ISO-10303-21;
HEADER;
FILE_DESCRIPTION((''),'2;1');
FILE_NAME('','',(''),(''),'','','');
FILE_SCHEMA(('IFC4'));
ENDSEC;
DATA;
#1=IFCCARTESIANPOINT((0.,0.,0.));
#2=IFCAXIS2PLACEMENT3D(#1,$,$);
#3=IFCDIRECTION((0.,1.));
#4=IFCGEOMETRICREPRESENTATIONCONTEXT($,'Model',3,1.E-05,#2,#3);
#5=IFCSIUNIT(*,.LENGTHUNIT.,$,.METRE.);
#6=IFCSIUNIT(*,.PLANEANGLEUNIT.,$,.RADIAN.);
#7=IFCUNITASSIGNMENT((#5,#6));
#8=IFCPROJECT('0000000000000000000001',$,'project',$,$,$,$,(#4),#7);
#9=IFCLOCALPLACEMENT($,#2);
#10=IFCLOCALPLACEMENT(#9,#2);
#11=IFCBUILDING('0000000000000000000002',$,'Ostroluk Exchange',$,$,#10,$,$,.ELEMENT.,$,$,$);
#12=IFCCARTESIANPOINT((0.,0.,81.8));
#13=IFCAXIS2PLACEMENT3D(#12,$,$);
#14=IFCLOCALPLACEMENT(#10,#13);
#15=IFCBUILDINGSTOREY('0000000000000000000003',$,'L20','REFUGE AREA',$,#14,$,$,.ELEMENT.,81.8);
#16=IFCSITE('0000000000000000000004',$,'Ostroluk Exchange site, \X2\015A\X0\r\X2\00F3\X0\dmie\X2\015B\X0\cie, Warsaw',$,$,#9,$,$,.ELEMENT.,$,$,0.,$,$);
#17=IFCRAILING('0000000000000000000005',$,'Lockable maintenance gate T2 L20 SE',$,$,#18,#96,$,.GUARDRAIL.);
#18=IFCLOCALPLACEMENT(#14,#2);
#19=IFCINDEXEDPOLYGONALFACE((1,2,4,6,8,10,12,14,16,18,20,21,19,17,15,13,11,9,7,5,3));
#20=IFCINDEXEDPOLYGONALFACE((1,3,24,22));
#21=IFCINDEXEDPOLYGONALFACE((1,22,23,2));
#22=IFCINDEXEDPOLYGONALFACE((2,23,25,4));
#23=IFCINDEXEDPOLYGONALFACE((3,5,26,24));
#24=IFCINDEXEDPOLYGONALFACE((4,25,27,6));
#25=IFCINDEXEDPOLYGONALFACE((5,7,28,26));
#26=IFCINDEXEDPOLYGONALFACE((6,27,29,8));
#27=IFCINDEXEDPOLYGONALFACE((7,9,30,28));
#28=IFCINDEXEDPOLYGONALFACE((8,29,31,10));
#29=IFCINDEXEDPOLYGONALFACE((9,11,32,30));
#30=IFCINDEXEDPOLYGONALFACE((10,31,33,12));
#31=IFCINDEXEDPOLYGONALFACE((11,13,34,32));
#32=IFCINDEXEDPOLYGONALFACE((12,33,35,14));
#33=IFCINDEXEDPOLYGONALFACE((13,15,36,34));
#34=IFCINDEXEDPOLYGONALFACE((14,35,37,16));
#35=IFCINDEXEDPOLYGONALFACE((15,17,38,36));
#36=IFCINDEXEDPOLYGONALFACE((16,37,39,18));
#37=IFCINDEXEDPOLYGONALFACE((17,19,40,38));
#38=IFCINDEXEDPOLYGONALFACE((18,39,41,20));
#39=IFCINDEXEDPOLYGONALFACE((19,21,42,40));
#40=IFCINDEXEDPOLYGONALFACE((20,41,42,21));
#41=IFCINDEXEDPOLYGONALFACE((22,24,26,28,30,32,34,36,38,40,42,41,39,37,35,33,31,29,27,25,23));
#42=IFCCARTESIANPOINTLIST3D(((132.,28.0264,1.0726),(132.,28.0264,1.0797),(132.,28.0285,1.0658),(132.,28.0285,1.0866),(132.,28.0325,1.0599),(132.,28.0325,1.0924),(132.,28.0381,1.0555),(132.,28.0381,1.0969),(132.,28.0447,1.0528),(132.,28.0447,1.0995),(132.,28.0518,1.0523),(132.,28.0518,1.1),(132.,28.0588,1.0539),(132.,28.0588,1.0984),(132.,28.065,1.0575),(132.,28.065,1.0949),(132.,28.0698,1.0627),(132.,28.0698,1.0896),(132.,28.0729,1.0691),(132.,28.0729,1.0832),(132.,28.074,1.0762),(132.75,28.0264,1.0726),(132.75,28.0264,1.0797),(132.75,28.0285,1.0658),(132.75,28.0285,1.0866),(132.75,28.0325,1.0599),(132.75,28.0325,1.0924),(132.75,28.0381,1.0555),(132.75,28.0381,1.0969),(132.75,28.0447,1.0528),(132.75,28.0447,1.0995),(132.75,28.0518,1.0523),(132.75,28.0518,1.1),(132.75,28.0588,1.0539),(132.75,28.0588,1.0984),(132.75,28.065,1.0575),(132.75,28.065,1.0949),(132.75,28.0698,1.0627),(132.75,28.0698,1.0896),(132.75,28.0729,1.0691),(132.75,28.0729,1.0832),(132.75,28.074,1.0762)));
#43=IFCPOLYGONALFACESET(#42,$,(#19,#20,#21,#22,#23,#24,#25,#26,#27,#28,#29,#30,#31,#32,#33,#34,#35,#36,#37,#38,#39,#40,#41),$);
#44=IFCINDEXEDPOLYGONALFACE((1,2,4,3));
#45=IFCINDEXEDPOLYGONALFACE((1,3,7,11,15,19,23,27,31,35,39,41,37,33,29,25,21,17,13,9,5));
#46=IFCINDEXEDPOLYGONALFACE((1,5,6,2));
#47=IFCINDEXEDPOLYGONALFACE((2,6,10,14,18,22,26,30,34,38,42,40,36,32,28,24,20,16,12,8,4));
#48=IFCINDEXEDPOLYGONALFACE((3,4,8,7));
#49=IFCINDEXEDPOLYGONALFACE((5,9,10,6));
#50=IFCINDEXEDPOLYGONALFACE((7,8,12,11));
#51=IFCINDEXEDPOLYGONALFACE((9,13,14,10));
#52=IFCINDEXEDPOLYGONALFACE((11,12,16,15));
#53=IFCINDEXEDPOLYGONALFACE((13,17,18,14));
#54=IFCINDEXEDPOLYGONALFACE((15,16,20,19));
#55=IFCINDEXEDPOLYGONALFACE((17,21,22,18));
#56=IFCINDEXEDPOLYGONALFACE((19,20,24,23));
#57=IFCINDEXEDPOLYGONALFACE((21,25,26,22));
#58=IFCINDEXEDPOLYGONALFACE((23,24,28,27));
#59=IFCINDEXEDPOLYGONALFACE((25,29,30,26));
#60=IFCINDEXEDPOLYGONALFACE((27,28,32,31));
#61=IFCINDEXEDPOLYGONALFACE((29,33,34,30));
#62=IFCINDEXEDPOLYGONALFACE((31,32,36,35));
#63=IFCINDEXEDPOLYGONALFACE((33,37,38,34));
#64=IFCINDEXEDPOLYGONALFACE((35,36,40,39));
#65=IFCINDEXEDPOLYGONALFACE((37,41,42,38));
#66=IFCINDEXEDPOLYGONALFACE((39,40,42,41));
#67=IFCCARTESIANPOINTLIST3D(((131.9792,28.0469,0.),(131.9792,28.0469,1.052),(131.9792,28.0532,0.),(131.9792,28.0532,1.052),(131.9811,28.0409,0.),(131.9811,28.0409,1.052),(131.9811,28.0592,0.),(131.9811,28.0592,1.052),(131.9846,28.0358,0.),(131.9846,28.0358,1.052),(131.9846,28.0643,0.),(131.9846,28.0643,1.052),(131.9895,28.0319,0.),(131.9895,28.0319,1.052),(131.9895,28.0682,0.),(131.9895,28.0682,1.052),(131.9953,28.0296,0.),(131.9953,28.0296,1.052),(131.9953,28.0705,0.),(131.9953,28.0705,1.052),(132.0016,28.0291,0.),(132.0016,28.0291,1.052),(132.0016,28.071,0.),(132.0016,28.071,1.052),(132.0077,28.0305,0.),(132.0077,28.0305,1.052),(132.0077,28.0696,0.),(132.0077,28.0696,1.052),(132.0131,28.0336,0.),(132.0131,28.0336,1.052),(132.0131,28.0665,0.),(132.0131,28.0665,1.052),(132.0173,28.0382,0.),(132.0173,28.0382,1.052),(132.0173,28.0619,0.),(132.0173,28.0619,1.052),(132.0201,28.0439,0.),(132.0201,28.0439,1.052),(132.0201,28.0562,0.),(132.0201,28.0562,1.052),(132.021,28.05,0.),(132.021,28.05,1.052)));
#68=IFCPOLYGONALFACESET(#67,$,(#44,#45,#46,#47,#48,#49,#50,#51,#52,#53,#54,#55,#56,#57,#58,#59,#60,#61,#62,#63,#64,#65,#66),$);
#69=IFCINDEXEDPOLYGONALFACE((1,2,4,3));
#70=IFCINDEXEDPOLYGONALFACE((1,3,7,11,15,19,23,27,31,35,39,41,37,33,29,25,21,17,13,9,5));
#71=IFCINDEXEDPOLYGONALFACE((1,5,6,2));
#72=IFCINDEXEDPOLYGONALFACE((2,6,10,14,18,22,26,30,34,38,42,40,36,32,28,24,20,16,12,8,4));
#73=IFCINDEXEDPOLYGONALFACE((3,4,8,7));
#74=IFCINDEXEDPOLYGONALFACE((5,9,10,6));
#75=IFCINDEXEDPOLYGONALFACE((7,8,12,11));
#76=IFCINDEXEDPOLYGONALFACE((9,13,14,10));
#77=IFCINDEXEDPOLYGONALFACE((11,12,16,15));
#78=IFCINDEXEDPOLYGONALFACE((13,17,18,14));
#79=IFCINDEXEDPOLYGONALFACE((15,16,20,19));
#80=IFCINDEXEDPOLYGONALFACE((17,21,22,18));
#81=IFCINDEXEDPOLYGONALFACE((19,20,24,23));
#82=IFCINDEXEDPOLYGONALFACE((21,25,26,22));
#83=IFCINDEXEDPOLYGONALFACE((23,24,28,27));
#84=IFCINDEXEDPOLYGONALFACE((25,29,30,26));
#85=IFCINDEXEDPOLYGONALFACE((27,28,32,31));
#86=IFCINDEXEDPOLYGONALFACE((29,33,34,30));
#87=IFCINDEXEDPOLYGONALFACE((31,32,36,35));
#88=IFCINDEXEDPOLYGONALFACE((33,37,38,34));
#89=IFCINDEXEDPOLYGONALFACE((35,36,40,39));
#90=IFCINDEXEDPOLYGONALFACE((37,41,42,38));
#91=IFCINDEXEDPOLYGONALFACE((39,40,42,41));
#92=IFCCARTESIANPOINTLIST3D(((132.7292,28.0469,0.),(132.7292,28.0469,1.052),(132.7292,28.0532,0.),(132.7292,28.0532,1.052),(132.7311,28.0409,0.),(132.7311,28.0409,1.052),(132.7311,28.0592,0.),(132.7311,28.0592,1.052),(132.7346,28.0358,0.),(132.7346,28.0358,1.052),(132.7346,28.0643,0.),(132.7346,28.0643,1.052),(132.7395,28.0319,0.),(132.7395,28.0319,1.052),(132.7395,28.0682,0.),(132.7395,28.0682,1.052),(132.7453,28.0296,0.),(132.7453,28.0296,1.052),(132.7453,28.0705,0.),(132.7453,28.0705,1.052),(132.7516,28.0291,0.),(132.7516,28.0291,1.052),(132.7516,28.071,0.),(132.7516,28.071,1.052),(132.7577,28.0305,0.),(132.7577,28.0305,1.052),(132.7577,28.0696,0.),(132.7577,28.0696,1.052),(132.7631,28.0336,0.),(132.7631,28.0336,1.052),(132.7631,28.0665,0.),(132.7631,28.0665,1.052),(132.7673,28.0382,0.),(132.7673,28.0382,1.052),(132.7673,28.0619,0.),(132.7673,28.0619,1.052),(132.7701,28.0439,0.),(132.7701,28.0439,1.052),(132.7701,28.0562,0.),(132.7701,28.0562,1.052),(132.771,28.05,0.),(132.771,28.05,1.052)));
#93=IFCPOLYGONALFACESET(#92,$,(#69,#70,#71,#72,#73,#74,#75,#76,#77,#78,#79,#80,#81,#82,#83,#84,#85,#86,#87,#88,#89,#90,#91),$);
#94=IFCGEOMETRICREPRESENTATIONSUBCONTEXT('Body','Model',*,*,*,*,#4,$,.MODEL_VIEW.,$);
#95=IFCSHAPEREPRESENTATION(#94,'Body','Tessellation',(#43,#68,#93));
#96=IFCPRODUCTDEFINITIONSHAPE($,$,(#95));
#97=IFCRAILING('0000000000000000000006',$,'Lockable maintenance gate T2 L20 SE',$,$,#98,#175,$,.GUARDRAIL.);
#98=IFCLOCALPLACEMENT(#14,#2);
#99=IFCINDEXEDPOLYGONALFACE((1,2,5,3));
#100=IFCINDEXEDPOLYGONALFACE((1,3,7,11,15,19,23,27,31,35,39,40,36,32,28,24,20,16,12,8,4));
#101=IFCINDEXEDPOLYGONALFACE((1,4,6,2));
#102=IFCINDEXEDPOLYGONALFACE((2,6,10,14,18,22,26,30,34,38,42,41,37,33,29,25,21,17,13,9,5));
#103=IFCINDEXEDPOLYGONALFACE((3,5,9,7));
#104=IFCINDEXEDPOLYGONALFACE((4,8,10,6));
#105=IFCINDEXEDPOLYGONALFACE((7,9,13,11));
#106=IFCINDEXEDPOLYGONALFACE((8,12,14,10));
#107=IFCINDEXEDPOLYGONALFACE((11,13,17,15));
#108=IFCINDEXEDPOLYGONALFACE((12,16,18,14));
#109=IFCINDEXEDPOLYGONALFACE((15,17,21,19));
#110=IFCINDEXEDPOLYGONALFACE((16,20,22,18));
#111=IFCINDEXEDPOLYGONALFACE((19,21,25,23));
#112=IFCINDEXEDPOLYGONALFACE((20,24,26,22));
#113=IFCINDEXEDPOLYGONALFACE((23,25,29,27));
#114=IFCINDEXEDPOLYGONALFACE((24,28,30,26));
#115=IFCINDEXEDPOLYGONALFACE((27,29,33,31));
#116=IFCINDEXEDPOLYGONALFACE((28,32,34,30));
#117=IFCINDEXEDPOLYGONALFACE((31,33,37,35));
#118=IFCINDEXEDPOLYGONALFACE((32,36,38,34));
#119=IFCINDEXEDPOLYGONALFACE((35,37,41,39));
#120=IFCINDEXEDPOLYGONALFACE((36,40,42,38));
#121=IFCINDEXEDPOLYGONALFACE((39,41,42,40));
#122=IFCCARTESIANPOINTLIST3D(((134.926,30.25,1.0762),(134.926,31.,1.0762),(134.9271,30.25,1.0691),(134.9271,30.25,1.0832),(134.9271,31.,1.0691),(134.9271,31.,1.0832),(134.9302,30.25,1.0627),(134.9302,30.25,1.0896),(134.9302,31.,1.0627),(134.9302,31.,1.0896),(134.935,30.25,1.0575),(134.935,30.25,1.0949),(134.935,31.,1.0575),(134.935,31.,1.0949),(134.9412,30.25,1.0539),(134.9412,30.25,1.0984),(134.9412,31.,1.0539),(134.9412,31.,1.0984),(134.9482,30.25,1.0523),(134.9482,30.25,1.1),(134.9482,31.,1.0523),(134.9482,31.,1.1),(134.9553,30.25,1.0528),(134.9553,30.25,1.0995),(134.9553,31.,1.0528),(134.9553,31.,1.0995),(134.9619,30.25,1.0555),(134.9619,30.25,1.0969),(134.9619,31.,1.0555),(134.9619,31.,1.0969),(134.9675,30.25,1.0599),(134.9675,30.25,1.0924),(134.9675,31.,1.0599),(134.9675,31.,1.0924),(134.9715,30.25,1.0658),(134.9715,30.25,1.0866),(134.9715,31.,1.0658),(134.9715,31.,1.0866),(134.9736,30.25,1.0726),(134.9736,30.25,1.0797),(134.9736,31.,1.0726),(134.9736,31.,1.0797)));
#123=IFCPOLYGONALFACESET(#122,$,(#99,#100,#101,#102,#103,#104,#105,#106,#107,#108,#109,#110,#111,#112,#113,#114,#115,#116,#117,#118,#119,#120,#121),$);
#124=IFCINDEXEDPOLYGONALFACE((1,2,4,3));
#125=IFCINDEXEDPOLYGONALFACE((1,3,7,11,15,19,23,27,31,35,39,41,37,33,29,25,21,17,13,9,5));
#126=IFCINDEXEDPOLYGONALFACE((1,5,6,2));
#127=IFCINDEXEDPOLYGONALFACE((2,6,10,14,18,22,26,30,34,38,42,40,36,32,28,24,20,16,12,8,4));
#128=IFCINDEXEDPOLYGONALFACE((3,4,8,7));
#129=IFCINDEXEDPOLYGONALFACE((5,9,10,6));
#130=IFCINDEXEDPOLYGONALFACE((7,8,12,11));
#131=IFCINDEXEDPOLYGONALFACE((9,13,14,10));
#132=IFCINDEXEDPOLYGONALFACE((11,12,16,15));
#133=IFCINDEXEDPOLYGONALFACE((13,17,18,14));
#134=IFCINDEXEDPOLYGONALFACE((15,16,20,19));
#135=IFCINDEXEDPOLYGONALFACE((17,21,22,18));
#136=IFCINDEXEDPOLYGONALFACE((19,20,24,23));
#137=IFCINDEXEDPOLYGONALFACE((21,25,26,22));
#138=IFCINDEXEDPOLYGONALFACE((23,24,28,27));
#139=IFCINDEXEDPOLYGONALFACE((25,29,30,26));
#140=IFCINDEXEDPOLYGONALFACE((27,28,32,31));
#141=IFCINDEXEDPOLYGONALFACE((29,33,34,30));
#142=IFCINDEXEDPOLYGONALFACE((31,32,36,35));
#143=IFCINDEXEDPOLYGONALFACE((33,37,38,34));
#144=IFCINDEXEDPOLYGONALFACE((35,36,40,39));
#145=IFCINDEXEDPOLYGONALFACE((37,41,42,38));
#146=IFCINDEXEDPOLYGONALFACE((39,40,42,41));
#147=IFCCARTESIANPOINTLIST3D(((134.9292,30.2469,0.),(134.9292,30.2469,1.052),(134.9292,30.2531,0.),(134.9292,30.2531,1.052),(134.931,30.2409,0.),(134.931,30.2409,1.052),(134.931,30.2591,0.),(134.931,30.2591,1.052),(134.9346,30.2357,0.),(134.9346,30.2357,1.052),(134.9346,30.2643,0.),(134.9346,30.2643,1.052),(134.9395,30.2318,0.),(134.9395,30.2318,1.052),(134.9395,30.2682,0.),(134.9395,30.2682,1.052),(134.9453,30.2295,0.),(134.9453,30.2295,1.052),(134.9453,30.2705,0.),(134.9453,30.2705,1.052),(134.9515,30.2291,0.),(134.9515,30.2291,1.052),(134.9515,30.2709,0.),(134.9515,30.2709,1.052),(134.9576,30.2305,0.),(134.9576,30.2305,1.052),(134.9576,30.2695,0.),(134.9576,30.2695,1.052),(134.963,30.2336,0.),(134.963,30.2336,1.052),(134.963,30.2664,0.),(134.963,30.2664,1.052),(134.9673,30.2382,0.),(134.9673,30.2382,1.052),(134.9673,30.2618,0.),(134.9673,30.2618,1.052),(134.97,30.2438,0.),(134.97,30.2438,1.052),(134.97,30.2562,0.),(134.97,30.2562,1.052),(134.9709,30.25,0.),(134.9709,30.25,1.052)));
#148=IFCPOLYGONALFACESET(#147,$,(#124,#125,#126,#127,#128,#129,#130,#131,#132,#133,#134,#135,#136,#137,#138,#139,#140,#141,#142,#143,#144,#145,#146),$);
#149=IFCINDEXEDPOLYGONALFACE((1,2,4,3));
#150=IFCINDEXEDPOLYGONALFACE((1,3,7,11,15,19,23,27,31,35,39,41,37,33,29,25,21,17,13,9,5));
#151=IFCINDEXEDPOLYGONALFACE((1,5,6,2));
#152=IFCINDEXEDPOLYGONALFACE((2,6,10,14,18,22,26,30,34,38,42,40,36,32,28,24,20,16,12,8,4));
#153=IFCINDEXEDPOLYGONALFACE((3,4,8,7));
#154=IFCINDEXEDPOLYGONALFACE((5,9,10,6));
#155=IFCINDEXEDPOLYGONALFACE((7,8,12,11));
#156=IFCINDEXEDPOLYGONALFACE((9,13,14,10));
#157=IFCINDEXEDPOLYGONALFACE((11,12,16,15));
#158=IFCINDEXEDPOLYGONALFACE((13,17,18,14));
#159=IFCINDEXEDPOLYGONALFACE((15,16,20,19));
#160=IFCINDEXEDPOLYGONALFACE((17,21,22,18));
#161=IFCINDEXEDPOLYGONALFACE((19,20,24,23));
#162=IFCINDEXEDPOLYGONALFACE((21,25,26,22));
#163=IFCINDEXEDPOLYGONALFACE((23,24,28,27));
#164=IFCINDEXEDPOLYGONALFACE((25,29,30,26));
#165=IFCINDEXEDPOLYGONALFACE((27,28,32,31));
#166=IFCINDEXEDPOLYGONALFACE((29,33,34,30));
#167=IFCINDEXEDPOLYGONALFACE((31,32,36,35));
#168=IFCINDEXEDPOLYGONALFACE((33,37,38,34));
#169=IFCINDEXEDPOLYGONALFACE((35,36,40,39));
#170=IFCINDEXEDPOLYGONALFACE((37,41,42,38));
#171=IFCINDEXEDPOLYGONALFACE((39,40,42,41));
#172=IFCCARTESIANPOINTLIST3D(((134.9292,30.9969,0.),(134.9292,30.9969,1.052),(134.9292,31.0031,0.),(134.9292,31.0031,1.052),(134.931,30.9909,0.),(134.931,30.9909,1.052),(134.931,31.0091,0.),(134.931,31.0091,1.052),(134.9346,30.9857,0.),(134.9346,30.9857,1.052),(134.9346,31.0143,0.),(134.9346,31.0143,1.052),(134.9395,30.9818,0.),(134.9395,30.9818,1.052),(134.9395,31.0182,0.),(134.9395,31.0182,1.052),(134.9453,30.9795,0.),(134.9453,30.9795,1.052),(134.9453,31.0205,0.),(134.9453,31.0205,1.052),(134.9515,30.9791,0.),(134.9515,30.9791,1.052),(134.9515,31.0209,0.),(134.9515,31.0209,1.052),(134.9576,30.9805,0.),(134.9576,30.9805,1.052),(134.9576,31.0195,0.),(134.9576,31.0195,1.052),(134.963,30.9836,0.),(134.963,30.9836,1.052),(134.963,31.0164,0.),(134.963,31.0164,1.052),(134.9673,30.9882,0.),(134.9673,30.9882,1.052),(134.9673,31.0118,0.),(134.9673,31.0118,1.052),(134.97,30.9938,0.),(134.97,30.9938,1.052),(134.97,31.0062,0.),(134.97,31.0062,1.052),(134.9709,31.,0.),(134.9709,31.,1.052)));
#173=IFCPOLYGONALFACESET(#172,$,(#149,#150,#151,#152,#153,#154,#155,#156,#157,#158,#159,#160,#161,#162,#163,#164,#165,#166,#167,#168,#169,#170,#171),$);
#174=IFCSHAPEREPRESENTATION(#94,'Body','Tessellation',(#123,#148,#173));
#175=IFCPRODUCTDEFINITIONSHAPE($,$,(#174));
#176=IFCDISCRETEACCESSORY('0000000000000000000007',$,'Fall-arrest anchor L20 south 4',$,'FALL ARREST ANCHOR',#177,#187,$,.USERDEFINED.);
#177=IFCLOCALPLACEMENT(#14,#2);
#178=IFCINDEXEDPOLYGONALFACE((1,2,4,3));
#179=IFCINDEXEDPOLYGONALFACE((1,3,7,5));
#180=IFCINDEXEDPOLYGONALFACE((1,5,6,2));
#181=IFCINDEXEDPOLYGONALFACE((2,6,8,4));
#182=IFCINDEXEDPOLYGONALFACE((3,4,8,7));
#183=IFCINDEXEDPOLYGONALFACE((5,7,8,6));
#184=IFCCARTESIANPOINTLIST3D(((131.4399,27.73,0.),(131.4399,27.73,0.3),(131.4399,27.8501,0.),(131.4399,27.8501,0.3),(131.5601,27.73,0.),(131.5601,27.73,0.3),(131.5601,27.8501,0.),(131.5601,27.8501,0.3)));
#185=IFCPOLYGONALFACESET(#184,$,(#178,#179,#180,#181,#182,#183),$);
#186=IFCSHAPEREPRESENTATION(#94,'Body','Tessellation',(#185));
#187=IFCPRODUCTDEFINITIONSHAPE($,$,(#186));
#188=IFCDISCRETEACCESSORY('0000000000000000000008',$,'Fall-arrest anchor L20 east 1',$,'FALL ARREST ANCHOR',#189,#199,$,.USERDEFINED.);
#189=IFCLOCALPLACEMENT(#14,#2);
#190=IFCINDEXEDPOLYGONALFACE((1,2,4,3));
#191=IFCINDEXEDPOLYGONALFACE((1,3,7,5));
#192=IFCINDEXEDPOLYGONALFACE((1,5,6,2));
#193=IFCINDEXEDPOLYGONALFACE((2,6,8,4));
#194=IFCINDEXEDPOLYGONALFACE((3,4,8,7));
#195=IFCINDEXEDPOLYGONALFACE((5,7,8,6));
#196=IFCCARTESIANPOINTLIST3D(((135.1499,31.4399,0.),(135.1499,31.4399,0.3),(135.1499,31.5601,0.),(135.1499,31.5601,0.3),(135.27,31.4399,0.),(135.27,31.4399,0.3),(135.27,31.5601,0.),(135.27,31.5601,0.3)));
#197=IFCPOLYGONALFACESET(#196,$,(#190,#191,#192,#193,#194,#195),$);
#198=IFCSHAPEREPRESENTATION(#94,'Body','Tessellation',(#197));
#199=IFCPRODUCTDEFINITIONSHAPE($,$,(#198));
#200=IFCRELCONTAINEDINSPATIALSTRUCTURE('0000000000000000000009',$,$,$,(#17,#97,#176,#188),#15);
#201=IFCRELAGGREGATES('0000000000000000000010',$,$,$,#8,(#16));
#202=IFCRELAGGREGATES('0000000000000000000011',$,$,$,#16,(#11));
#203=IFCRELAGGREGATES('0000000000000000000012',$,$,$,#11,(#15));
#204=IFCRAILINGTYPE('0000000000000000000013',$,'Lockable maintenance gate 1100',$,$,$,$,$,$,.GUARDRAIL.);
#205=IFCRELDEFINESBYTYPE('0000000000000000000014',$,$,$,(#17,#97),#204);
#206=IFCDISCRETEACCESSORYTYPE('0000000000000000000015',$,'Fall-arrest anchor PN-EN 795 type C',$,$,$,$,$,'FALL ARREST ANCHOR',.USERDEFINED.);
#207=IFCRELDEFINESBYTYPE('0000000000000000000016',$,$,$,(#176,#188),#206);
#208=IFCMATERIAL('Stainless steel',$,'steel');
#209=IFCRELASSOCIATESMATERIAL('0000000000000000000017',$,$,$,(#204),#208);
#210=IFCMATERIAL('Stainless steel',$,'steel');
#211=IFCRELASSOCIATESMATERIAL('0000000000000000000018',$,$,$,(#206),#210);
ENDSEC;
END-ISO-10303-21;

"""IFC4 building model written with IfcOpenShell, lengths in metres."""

from ifc_helpers import new_model, si_unit, direction, frame, origin, origin_2d, place, context, subcontext, project, spatial, rectangle, circle, extrude, material, type_object, element, save


model = new_model("IFC4")

# Units and contexts
model_context = context("Model", 3, precision=1e-05, world=origin(), true_north=direction((0.0, 1.0)))
body_context = subcontext(model_context, "Body", "Model", "MODEL_VIEW")
ifc_project = project(units=[si_unit("LENGTHUNIT", "METRE"), si_unit("PLANEANGLEUNIT", "RADIAN")], contexts=[model_context])

# Site, building, storey
site_placement = place(None, origin())
site = spatial("IfcSite", under=ifc_project, at=site_placement, Name="Ostroluk Exchange site, Śródmieście, Warsaw", CompositionType="ELEMENT", RefElevation=0.0)
building_placement = place(site_placement, origin())
building = spatial("IfcBuilding", under=site, at=building_placement, Name="Ostroluk Exchange", CompositionType="ELEMENT")
storey_placement = place(building_placement, frame((0.0, 0.0, 81.8)))
storey = spatial("IfcBuildingStorey", under=building, at=storey_placement, Name="L20", Description="REFUGE AREA", CompositionType="ELEMENT", Elevation=81.8)

# Railings
ifc_material_1 = material(Name="Stainless steel", Category="steel")
railing_type_1 = type_object("IfcRailingType", Name="Lockable maintenance gate 1100", PredefinedType="GUARDRAIL", material=ifc_material_1)
railing_1_placement = place(storey_placement, frame((132.0, 28.05, 0.0)))
element("IfcRailing", 1, at=railing_1_placement, inside=storey, type_object=railing_type_1, Name="Lockable maintenance gate T2 L20 SE", PredefinedType="GUARDRAIL", context=body_context, shape_type="SweptSolid", body=[
    extrude(circle(Radius=0.0239, at=origin_2d()), frame((0.0, 0.0, 1.0762), z_axis=(1.0, 0.0, 0.0), x_axis=(0.0, 1.0, 0.0)), (0.0, 0.0, 1.0), 0.75),
    extrude(circle(Radius=0.021, at=origin_2d()), origin(), (0.0, 0.0, 1.0), 1.052),
    extrude(circle(Radius=0.021, at=origin_2d()), frame((0.75, 0.0, 0.0)), (0.0, 0.0, 1.0), 1.052),
])
railing_2_placement = place(storey_placement, frame((134.95, 30.25, 0.0)))
element("IfcRailing", 2, at=railing_2_placement, inside=storey, type_object=railing_type_1, Name="Lockable maintenance gate T2 L20 SE", PredefinedType="GUARDRAIL", context=body_context, shape_type="SweptSolid", body=[
    extrude(circle(Radius=0.0239, at=origin_2d()), frame((0.0, 0.0, 1.0762), z_axis=(0.0, 1.0, 0.0), x_axis=(-1.0, 0.0, 0.0)), (0.0, 0.0, 1.0), 0.75),
    extrude(circle(Radius=0.021, at=origin_2d()), origin(), (0.0, 0.0, 1.0), 1.052),
    extrude(circle(Radius=0.021, at=origin_2d()), frame((0.0, 0.75, 0.0)), (0.0, 0.0, 1.0), 1.052),
])

# Discrete accessories
ifc_material_2 = material(Name="Stainless steel", Category="steel")
discrete_accessory_type = type_object("IfcDiscreteAccessoryType", Name="Fall-arrest anchor PN-EN 795 type C", ElementType="FALL ARREST ANCHOR", PredefinedType="USERDEFINED", material=ifc_material_2)
for number, where, z_axis, x_axis, name in (
    (3, (131.5, 27.79, 0.0), (0.0, 0.0, 1.0), (1.0, 0.0, 0.0), "Fall-arrest anchor L20 south 4"),
    (4, (135.21, 31.5, 0.0), (0.0, 0.0, 1.0), (1.0, 0.0, 0.0), "Fall-arrest anchor L20 east 1"),
):
    element("IfcDiscreteAccessory", number, at=place(storey_placement, frame(where, z_axis=z_axis, x_axis=x_axis)), inside=storey, type_object=discrete_accessory_type, Name=name, ObjectType="FALL ARREST ANCHOR", PredefinedType="USERDEFINED", context=body_context, shape_type="SweptSolid", body=[
        extrude(rectangle(XDim=0.1201, YDim=0.1201, at=origin_2d()), origin(), (0.0, 0.0, 1.0), 0.3),
    ])

save(model, "model.ifc")
